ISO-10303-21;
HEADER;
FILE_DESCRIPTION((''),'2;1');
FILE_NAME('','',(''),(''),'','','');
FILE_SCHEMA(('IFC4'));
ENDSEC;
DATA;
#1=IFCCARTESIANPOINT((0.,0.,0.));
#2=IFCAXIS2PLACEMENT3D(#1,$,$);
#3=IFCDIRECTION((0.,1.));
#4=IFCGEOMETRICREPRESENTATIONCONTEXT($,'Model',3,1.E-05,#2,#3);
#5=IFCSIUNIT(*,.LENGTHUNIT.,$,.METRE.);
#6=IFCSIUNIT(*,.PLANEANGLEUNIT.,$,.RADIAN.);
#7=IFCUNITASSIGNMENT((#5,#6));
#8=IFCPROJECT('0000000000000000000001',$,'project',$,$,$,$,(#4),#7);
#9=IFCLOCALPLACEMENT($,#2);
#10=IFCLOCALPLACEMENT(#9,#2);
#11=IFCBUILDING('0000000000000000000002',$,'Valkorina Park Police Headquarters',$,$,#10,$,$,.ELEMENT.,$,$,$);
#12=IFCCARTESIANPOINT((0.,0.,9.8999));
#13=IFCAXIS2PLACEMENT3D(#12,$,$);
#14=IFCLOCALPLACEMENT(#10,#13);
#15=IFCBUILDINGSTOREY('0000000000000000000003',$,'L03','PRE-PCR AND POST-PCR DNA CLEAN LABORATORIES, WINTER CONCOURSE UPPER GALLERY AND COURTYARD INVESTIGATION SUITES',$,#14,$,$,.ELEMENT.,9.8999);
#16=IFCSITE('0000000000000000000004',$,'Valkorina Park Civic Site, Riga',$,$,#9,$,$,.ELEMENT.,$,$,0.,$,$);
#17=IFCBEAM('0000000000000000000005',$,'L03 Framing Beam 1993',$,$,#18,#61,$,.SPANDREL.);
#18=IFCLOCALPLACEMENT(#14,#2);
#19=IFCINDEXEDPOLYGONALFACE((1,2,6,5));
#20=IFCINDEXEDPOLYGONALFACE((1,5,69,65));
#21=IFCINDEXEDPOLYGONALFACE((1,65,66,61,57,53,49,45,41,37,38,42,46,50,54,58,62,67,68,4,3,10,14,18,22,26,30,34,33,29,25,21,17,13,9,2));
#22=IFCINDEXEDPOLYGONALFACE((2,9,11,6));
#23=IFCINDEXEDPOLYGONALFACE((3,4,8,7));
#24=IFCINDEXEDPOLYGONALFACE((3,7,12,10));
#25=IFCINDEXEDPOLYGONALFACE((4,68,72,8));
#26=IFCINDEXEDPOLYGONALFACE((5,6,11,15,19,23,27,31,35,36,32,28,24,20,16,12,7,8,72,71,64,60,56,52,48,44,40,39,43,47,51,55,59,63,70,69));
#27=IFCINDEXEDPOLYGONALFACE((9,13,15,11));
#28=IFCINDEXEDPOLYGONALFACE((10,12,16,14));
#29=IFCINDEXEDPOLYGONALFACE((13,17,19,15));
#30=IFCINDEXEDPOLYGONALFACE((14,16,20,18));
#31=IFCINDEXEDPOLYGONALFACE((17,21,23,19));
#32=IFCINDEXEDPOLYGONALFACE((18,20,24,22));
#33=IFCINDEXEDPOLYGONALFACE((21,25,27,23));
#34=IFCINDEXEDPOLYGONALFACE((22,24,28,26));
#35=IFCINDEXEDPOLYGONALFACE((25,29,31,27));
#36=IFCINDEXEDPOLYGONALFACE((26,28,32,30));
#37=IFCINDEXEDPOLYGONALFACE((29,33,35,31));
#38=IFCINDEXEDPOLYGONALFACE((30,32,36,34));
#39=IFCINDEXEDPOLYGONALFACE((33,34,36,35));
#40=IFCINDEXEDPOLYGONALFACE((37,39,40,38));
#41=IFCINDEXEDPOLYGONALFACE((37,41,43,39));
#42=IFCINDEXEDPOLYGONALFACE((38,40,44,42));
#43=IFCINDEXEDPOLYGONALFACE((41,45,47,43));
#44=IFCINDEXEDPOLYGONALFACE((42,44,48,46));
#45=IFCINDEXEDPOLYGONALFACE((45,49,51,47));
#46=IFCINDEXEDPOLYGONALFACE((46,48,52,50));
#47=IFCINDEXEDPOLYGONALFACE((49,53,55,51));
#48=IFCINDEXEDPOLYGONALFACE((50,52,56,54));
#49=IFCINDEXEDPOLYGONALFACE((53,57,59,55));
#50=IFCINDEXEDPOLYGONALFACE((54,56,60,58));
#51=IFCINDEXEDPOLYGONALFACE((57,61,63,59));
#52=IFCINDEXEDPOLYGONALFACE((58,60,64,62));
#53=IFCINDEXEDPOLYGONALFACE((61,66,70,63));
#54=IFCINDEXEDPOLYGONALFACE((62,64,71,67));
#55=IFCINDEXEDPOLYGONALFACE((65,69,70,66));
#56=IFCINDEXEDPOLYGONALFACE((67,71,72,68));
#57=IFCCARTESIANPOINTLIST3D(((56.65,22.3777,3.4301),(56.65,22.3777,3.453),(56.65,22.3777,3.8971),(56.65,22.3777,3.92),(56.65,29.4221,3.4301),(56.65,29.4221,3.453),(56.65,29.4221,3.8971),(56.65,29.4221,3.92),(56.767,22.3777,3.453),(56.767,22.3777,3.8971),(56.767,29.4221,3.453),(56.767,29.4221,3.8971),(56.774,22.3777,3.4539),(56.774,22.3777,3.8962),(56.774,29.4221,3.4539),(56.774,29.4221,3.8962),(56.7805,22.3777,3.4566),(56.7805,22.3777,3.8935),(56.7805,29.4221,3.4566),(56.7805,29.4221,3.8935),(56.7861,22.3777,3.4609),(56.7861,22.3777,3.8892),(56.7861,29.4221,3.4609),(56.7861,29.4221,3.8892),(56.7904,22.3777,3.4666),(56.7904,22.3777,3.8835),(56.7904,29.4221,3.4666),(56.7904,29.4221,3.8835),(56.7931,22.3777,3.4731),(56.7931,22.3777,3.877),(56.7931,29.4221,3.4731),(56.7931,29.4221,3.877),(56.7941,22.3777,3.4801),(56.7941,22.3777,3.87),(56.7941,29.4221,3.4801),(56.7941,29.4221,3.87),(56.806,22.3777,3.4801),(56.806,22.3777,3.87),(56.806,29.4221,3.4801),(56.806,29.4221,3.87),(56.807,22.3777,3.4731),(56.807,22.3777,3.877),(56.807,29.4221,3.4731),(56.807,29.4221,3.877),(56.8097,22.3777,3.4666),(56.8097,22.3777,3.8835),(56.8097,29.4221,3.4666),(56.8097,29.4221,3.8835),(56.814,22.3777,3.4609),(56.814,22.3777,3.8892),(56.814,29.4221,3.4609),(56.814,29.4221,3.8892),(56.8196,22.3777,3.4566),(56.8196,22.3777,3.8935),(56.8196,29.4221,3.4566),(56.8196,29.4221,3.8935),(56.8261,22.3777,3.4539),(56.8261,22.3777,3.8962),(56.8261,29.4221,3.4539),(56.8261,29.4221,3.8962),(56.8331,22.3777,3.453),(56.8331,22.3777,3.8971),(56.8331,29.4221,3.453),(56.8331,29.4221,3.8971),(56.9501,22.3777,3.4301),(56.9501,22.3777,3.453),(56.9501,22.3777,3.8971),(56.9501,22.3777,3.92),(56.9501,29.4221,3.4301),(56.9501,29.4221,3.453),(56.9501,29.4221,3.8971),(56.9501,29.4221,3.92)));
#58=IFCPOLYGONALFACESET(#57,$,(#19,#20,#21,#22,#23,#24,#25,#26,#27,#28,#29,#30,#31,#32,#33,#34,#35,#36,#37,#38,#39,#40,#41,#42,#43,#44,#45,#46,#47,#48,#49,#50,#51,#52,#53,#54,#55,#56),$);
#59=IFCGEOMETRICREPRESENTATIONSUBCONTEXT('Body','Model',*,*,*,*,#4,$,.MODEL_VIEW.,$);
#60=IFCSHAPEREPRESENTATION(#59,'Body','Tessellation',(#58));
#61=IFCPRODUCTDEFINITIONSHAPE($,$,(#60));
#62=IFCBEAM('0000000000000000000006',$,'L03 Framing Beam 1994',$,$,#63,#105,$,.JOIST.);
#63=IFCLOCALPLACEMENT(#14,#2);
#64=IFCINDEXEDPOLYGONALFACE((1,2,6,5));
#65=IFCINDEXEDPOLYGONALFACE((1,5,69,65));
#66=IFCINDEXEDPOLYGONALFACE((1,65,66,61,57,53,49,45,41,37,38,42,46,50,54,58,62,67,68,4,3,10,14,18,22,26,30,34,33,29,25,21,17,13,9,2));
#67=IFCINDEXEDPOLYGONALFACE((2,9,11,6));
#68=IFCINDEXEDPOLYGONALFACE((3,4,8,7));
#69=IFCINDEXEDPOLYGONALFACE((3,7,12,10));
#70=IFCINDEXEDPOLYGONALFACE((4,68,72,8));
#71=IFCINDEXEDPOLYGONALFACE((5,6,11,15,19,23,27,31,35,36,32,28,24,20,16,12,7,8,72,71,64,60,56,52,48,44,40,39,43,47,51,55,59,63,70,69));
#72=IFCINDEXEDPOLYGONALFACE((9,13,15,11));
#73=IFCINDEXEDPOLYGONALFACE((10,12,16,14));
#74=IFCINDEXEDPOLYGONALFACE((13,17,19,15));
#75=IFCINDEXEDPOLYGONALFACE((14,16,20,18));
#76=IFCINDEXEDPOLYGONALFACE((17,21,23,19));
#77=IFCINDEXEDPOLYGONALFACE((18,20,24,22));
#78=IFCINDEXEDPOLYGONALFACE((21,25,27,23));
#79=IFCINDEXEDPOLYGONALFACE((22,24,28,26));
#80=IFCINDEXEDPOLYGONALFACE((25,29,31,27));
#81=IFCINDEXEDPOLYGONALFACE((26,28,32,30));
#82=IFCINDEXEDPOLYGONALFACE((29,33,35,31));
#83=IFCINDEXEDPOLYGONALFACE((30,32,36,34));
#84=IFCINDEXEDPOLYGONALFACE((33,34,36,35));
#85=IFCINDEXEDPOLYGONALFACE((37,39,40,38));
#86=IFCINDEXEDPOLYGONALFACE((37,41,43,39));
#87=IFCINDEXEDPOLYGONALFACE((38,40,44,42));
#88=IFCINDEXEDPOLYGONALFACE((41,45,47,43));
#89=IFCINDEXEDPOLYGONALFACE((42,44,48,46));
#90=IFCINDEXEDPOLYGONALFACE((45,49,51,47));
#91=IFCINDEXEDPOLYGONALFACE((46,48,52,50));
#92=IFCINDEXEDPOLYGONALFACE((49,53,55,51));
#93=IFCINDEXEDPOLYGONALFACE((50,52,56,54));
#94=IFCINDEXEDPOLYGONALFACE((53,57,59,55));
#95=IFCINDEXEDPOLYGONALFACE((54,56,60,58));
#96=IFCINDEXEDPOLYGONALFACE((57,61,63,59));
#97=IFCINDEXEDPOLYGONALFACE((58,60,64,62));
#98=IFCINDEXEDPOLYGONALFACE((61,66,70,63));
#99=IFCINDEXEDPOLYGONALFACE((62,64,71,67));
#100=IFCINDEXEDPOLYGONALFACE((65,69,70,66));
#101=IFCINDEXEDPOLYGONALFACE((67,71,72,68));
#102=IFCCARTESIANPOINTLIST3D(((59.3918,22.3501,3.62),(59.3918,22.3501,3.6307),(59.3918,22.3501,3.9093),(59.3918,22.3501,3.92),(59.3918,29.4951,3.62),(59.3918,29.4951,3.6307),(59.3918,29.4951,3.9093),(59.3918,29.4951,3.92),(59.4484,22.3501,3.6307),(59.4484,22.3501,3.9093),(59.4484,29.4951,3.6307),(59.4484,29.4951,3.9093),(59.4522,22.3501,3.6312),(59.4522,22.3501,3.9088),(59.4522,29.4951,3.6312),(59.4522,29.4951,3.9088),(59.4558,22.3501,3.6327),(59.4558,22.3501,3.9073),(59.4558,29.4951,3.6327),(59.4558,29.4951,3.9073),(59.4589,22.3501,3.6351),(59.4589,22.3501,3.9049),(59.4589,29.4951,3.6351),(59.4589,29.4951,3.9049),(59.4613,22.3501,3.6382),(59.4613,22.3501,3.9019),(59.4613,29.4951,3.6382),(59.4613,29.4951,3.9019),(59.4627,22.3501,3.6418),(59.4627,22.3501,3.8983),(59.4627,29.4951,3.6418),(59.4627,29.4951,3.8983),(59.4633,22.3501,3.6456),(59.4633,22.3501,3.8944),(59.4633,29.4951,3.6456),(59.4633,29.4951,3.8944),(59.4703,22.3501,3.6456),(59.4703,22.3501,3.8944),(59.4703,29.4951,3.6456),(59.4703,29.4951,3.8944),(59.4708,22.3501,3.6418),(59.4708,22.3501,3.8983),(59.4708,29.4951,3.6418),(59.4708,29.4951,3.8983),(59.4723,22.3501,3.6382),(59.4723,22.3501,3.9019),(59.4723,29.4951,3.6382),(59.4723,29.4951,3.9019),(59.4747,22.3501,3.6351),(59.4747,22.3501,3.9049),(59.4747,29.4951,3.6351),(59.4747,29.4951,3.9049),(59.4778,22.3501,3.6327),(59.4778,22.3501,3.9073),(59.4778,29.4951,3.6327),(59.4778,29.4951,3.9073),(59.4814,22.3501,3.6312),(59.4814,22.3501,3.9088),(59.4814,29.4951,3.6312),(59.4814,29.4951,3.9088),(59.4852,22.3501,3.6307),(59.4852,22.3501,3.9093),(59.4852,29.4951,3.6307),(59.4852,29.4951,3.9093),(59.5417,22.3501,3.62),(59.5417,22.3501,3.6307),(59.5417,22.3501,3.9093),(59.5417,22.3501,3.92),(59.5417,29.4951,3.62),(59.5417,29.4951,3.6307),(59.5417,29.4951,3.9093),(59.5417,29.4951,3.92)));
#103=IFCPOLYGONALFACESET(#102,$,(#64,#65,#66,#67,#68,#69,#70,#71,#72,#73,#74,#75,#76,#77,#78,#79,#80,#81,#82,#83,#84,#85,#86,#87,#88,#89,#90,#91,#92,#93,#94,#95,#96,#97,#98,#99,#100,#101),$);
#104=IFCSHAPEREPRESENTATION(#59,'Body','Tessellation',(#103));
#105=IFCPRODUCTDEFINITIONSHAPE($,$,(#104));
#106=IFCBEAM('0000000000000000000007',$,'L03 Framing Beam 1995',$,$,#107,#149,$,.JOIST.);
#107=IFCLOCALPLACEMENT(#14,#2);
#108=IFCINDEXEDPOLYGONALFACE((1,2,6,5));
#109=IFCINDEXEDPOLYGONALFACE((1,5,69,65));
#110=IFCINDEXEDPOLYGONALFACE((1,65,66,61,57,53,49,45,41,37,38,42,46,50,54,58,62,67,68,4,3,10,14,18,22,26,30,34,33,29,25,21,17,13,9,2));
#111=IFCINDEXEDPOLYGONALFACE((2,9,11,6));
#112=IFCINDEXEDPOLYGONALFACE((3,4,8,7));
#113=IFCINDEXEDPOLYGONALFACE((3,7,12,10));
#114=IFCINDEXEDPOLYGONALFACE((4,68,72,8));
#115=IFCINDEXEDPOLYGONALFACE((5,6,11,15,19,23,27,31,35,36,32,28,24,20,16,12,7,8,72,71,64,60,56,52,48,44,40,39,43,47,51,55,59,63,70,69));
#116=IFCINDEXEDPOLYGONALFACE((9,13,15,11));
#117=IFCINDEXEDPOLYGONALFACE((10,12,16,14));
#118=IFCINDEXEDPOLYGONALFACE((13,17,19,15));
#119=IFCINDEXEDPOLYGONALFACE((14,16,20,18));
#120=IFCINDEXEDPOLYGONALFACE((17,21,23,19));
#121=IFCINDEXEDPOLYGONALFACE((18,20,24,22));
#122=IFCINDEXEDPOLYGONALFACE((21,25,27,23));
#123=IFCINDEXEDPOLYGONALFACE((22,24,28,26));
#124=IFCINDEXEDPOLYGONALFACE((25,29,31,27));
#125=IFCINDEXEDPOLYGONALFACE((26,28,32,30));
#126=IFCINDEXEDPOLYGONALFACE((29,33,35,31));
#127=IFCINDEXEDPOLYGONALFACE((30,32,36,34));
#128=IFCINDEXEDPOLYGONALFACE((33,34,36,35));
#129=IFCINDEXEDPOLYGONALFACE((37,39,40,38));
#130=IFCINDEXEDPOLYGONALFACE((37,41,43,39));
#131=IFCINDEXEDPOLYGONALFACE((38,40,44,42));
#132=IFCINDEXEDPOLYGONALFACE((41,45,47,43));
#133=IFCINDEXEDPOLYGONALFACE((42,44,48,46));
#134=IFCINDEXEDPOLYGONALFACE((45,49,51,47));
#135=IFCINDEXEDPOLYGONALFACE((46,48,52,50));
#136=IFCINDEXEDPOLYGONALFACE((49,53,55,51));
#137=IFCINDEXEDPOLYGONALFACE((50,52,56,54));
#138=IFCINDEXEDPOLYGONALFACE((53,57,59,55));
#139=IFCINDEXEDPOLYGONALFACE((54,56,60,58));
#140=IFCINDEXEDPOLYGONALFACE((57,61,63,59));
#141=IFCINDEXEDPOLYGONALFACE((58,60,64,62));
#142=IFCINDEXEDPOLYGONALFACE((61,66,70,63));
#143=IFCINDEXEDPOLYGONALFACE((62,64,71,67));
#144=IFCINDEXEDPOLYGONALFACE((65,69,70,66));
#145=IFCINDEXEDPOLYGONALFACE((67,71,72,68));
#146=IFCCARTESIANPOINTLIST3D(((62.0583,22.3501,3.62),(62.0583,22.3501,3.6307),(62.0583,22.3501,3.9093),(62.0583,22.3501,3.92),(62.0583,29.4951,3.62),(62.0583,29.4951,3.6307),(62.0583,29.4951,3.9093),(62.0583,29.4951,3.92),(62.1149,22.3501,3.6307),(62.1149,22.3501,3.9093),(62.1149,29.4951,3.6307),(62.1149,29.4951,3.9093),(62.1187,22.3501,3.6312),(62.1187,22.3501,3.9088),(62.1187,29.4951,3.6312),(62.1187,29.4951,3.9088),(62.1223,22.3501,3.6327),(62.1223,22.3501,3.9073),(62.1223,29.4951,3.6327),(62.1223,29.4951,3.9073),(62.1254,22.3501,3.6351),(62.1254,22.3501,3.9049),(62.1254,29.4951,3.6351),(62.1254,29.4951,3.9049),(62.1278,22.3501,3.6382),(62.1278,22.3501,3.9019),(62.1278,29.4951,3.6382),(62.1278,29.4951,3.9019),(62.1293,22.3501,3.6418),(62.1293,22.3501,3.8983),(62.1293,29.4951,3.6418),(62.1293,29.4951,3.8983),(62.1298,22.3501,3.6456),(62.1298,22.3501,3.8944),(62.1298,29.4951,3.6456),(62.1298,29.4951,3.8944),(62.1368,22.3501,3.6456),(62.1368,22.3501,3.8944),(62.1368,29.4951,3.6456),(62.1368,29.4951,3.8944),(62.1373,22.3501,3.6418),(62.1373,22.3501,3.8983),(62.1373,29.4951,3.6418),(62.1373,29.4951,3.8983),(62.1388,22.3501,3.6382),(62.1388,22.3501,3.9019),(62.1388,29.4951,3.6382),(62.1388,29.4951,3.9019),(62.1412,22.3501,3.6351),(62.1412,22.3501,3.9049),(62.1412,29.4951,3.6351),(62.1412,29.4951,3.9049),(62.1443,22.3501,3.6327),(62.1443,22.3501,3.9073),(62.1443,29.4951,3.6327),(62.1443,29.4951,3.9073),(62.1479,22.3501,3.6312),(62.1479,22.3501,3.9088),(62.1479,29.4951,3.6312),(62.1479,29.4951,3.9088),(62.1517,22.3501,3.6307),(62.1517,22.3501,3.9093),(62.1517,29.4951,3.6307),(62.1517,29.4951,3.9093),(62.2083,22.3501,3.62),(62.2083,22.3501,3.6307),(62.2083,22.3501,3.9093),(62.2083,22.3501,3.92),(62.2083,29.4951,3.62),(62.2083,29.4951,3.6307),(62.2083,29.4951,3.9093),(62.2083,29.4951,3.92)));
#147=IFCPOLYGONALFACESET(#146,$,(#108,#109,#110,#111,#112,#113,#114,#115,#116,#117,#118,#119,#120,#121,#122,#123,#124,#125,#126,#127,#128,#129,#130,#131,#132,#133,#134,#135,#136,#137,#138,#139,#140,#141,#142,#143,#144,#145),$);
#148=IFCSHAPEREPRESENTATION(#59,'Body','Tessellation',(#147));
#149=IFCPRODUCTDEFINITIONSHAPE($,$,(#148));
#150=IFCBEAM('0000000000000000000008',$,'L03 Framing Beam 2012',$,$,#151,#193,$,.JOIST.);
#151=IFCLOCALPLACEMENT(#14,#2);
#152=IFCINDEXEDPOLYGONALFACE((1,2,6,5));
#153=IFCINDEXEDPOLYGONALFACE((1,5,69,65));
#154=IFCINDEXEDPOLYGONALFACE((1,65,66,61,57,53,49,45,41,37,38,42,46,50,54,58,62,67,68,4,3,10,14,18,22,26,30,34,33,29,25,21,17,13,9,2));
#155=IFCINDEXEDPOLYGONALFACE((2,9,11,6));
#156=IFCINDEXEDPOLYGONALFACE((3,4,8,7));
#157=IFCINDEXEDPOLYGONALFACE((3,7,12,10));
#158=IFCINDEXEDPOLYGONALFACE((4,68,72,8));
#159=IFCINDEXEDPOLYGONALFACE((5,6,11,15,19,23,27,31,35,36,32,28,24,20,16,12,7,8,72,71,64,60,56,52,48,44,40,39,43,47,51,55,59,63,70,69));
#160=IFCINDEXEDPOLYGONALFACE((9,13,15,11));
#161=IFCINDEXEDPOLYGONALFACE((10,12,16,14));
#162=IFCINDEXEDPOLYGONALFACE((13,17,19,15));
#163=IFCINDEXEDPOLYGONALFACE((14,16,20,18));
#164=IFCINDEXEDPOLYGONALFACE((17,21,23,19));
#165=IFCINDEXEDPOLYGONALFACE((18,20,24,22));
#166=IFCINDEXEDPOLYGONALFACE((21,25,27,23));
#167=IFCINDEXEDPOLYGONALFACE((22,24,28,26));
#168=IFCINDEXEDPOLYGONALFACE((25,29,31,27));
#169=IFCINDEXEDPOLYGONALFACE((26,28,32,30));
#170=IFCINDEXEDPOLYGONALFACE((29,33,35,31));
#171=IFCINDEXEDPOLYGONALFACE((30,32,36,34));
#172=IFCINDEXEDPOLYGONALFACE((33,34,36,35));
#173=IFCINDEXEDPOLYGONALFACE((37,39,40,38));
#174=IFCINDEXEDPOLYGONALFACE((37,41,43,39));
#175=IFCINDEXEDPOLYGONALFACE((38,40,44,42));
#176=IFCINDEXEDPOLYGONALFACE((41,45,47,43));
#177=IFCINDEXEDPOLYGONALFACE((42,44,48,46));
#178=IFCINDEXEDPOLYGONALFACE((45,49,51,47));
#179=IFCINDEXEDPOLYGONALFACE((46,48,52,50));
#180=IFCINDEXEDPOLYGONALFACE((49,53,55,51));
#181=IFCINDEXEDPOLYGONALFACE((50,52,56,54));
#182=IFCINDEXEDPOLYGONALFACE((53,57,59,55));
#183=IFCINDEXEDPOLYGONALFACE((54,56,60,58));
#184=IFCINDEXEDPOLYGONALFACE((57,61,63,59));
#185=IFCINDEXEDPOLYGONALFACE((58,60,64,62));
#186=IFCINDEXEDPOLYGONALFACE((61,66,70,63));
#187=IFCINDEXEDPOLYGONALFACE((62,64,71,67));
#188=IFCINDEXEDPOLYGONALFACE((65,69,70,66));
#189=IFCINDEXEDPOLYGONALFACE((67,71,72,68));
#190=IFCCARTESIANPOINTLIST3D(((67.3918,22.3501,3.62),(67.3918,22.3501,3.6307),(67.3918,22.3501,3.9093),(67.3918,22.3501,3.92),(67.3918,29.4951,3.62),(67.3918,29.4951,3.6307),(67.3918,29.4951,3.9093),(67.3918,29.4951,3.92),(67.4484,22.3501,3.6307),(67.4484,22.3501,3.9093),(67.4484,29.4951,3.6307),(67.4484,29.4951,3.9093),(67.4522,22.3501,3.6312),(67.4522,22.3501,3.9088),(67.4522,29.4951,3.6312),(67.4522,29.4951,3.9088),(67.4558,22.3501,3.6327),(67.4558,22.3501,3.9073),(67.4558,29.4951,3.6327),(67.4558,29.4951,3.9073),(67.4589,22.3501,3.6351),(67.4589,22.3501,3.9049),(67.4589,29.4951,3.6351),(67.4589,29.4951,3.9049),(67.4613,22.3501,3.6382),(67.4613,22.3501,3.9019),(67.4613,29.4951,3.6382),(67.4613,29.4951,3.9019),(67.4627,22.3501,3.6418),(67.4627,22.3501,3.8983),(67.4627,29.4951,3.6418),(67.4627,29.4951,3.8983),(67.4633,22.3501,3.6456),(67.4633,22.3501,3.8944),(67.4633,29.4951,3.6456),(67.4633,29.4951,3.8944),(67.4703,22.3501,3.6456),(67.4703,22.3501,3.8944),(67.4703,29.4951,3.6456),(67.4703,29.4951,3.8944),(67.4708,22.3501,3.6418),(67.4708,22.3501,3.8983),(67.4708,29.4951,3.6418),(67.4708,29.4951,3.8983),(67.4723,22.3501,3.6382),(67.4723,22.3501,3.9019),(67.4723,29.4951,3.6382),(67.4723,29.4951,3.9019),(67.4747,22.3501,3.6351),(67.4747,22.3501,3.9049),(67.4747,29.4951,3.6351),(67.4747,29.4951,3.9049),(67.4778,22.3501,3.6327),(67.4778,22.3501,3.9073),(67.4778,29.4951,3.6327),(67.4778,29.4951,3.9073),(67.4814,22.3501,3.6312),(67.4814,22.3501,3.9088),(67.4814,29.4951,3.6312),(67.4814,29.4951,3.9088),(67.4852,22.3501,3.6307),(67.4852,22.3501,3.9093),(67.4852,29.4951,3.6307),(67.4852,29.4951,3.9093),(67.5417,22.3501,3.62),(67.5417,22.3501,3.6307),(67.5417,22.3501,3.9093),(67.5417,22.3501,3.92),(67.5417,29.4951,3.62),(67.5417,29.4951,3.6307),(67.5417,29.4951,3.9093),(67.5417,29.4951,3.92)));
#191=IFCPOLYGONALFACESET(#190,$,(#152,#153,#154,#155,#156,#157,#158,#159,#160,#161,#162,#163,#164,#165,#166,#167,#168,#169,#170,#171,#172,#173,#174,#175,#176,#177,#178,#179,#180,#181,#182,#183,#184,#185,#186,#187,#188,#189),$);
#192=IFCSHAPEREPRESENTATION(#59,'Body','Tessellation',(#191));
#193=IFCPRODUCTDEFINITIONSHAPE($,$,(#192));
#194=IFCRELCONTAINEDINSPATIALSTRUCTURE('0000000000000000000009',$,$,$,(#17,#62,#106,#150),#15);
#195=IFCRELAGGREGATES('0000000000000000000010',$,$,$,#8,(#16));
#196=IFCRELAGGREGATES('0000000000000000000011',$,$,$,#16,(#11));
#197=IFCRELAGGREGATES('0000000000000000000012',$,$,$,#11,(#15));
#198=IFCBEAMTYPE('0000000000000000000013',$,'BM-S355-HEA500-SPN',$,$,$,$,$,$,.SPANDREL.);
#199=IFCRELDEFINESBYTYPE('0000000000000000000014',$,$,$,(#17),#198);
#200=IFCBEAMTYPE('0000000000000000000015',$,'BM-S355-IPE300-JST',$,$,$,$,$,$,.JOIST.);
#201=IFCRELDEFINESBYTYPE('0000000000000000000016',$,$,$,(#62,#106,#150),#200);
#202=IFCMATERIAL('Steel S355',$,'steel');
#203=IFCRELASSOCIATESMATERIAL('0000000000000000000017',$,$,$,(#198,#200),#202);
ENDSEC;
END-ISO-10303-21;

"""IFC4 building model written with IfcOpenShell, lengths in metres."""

from ifc_helpers import new_model, si_unit, direction, frame, origin, origin_2d, place, context, subcontext, project, spatial, i_section, extrude, material, material_profile, profile_set, type_object, element, save


model = new_model("IFC4")

# Units and contexts
model_context = context("Model", 3, precision=1e-05, world=origin(), true_north=direction((0.0, 1.0)))
body_context = subcontext(model_context, "Body", "Model", "MODEL_VIEW")
ifc_project = project(units=[si_unit("LENGTHUNIT", "METRE"), si_unit("PLANEANGLEUNIT", "RADIAN")], contexts=[model_context])

# Site, building, storey
site_placement = place(None, origin())
site = spatial("IfcSite", under=ifc_project, at=site_placement, Name="Valkorina Park Civic Site, Riga", CompositionType="ELEMENT", RefElevation=0.0)
building_placement = place(site_placement, origin())
building = spatial("IfcBuilding", under=site, at=building_placement, Name="Valkorina Park Police Headquarters", CompositionType="ELEMENT")
storey_placement = place(building_placement, frame((0.0, 0.0, 9.8999)))
storey = spatial("IfcBuildingStorey", under=building, at=storey_placement, Name="L03", Description="PRE-PCR AND POST-PCR DNA CLEAN LABORATORIES, WINTER CONCOURSE UPPER GALLERY AND COURTYARD INVESTIGATION SUITES", CompositionType="ELEMENT", Elevation=9.8999)

# Shared definitions
ifc_material_1 = material(Name="Steel S355", Category="steel")

# Beams
ifc_material_profile_1 = material_profile(ifc_material_1, i_section(OverallWidth=0.3, OverallDepth=0.49, WebThickness=0.012, FlangeThickness=0.0229, FilletRadius=0.0271, at=origin_2d()), Name="HEA 500")
ifc_profile_set_1 = profile_set([ifc_material_profile_1], Name="Steel S355")
beam_type_1 = type_object("IfcBeamType", Name="BM-S355-HEA500-SPN", PredefinedType="SPANDREL", material=ifc_profile_set_1)
beam_1_placement = place(storey_placement, frame((56.8, 22.3777, 3.675), z_axis=(0.0, 1.0, 0.0), x_axis=(-1.0, 0.0, 0.0)))
element("IfcBeam", 1, at=beam_1_placement, inside=storey, type_object=beam_type_1, Name="L03 Framing Beam 1993", PredefinedType="SPANDREL", context=body_context, shape_type="SweptSolid", body=[
    extrude(i_section(OverallWidth=0.3, OverallDepth=0.49, WebThickness=0.012, FlangeThickness=0.0229, FilletRadius=0.0271, at=origin_2d()), origin(), (0.0, 0.0, 1.0), 7.0444),
])
ifc_material_profile_2 = material_profile(ifc_material_1, i_section(OverallWidth=0.1499, OverallDepth=0.3, WebThickness=0.0071, FlangeThickness=0.0107, FilletRadius=0.0149, at=origin_2d()), Name="IPE 300")
ifc_profile_set_2 = profile_set([ifc_material_profile_2], Name="Steel S355")
beam_type_2 = type_object("IfcBeamType", Name="BM-S355-IPE300-JST", PredefinedType="JOIST", material=ifc_profile_set_2)
for number, where, z_axis, x_axis, name in (
    (2, (59.4668, 22.3501, 3.77), (0.0, 1.0, 0.0), (-1.0, 0.0, 0.0), "L03 Framing Beam 1994"),
    (3, (62.1333, 22.3501, 3.77), (0.0, 1.0, 0.0), (-1.0, 0.0, 0.0), "L03 Framing Beam 1995"),
    (4, (67.4668, 22.3501, 3.77), (0.0, 1.0, 0.0), (-1.0, 0.0, 0.0), "L03 Framing Beam 2012"),
):
    element("IfcBeam", number, at=place(storey_placement, frame(where, z_axis=z_axis, x_axis=x_axis)), inside=storey, type_object=beam_type_2, Name=name, PredefinedType="JOIST", context=body_context, shape_type="SweptSolid", body=[
        extrude(i_section(OverallWidth=0.1499, OverallDepth=0.3, WebThickness=0.0071, FlangeThickness=0.0107, FilletRadius=0.0149, at=origin_2d()), origin(), (0.0, 0.0, 1.0), 7.145),
    ])

save(model, "model.ifc")
